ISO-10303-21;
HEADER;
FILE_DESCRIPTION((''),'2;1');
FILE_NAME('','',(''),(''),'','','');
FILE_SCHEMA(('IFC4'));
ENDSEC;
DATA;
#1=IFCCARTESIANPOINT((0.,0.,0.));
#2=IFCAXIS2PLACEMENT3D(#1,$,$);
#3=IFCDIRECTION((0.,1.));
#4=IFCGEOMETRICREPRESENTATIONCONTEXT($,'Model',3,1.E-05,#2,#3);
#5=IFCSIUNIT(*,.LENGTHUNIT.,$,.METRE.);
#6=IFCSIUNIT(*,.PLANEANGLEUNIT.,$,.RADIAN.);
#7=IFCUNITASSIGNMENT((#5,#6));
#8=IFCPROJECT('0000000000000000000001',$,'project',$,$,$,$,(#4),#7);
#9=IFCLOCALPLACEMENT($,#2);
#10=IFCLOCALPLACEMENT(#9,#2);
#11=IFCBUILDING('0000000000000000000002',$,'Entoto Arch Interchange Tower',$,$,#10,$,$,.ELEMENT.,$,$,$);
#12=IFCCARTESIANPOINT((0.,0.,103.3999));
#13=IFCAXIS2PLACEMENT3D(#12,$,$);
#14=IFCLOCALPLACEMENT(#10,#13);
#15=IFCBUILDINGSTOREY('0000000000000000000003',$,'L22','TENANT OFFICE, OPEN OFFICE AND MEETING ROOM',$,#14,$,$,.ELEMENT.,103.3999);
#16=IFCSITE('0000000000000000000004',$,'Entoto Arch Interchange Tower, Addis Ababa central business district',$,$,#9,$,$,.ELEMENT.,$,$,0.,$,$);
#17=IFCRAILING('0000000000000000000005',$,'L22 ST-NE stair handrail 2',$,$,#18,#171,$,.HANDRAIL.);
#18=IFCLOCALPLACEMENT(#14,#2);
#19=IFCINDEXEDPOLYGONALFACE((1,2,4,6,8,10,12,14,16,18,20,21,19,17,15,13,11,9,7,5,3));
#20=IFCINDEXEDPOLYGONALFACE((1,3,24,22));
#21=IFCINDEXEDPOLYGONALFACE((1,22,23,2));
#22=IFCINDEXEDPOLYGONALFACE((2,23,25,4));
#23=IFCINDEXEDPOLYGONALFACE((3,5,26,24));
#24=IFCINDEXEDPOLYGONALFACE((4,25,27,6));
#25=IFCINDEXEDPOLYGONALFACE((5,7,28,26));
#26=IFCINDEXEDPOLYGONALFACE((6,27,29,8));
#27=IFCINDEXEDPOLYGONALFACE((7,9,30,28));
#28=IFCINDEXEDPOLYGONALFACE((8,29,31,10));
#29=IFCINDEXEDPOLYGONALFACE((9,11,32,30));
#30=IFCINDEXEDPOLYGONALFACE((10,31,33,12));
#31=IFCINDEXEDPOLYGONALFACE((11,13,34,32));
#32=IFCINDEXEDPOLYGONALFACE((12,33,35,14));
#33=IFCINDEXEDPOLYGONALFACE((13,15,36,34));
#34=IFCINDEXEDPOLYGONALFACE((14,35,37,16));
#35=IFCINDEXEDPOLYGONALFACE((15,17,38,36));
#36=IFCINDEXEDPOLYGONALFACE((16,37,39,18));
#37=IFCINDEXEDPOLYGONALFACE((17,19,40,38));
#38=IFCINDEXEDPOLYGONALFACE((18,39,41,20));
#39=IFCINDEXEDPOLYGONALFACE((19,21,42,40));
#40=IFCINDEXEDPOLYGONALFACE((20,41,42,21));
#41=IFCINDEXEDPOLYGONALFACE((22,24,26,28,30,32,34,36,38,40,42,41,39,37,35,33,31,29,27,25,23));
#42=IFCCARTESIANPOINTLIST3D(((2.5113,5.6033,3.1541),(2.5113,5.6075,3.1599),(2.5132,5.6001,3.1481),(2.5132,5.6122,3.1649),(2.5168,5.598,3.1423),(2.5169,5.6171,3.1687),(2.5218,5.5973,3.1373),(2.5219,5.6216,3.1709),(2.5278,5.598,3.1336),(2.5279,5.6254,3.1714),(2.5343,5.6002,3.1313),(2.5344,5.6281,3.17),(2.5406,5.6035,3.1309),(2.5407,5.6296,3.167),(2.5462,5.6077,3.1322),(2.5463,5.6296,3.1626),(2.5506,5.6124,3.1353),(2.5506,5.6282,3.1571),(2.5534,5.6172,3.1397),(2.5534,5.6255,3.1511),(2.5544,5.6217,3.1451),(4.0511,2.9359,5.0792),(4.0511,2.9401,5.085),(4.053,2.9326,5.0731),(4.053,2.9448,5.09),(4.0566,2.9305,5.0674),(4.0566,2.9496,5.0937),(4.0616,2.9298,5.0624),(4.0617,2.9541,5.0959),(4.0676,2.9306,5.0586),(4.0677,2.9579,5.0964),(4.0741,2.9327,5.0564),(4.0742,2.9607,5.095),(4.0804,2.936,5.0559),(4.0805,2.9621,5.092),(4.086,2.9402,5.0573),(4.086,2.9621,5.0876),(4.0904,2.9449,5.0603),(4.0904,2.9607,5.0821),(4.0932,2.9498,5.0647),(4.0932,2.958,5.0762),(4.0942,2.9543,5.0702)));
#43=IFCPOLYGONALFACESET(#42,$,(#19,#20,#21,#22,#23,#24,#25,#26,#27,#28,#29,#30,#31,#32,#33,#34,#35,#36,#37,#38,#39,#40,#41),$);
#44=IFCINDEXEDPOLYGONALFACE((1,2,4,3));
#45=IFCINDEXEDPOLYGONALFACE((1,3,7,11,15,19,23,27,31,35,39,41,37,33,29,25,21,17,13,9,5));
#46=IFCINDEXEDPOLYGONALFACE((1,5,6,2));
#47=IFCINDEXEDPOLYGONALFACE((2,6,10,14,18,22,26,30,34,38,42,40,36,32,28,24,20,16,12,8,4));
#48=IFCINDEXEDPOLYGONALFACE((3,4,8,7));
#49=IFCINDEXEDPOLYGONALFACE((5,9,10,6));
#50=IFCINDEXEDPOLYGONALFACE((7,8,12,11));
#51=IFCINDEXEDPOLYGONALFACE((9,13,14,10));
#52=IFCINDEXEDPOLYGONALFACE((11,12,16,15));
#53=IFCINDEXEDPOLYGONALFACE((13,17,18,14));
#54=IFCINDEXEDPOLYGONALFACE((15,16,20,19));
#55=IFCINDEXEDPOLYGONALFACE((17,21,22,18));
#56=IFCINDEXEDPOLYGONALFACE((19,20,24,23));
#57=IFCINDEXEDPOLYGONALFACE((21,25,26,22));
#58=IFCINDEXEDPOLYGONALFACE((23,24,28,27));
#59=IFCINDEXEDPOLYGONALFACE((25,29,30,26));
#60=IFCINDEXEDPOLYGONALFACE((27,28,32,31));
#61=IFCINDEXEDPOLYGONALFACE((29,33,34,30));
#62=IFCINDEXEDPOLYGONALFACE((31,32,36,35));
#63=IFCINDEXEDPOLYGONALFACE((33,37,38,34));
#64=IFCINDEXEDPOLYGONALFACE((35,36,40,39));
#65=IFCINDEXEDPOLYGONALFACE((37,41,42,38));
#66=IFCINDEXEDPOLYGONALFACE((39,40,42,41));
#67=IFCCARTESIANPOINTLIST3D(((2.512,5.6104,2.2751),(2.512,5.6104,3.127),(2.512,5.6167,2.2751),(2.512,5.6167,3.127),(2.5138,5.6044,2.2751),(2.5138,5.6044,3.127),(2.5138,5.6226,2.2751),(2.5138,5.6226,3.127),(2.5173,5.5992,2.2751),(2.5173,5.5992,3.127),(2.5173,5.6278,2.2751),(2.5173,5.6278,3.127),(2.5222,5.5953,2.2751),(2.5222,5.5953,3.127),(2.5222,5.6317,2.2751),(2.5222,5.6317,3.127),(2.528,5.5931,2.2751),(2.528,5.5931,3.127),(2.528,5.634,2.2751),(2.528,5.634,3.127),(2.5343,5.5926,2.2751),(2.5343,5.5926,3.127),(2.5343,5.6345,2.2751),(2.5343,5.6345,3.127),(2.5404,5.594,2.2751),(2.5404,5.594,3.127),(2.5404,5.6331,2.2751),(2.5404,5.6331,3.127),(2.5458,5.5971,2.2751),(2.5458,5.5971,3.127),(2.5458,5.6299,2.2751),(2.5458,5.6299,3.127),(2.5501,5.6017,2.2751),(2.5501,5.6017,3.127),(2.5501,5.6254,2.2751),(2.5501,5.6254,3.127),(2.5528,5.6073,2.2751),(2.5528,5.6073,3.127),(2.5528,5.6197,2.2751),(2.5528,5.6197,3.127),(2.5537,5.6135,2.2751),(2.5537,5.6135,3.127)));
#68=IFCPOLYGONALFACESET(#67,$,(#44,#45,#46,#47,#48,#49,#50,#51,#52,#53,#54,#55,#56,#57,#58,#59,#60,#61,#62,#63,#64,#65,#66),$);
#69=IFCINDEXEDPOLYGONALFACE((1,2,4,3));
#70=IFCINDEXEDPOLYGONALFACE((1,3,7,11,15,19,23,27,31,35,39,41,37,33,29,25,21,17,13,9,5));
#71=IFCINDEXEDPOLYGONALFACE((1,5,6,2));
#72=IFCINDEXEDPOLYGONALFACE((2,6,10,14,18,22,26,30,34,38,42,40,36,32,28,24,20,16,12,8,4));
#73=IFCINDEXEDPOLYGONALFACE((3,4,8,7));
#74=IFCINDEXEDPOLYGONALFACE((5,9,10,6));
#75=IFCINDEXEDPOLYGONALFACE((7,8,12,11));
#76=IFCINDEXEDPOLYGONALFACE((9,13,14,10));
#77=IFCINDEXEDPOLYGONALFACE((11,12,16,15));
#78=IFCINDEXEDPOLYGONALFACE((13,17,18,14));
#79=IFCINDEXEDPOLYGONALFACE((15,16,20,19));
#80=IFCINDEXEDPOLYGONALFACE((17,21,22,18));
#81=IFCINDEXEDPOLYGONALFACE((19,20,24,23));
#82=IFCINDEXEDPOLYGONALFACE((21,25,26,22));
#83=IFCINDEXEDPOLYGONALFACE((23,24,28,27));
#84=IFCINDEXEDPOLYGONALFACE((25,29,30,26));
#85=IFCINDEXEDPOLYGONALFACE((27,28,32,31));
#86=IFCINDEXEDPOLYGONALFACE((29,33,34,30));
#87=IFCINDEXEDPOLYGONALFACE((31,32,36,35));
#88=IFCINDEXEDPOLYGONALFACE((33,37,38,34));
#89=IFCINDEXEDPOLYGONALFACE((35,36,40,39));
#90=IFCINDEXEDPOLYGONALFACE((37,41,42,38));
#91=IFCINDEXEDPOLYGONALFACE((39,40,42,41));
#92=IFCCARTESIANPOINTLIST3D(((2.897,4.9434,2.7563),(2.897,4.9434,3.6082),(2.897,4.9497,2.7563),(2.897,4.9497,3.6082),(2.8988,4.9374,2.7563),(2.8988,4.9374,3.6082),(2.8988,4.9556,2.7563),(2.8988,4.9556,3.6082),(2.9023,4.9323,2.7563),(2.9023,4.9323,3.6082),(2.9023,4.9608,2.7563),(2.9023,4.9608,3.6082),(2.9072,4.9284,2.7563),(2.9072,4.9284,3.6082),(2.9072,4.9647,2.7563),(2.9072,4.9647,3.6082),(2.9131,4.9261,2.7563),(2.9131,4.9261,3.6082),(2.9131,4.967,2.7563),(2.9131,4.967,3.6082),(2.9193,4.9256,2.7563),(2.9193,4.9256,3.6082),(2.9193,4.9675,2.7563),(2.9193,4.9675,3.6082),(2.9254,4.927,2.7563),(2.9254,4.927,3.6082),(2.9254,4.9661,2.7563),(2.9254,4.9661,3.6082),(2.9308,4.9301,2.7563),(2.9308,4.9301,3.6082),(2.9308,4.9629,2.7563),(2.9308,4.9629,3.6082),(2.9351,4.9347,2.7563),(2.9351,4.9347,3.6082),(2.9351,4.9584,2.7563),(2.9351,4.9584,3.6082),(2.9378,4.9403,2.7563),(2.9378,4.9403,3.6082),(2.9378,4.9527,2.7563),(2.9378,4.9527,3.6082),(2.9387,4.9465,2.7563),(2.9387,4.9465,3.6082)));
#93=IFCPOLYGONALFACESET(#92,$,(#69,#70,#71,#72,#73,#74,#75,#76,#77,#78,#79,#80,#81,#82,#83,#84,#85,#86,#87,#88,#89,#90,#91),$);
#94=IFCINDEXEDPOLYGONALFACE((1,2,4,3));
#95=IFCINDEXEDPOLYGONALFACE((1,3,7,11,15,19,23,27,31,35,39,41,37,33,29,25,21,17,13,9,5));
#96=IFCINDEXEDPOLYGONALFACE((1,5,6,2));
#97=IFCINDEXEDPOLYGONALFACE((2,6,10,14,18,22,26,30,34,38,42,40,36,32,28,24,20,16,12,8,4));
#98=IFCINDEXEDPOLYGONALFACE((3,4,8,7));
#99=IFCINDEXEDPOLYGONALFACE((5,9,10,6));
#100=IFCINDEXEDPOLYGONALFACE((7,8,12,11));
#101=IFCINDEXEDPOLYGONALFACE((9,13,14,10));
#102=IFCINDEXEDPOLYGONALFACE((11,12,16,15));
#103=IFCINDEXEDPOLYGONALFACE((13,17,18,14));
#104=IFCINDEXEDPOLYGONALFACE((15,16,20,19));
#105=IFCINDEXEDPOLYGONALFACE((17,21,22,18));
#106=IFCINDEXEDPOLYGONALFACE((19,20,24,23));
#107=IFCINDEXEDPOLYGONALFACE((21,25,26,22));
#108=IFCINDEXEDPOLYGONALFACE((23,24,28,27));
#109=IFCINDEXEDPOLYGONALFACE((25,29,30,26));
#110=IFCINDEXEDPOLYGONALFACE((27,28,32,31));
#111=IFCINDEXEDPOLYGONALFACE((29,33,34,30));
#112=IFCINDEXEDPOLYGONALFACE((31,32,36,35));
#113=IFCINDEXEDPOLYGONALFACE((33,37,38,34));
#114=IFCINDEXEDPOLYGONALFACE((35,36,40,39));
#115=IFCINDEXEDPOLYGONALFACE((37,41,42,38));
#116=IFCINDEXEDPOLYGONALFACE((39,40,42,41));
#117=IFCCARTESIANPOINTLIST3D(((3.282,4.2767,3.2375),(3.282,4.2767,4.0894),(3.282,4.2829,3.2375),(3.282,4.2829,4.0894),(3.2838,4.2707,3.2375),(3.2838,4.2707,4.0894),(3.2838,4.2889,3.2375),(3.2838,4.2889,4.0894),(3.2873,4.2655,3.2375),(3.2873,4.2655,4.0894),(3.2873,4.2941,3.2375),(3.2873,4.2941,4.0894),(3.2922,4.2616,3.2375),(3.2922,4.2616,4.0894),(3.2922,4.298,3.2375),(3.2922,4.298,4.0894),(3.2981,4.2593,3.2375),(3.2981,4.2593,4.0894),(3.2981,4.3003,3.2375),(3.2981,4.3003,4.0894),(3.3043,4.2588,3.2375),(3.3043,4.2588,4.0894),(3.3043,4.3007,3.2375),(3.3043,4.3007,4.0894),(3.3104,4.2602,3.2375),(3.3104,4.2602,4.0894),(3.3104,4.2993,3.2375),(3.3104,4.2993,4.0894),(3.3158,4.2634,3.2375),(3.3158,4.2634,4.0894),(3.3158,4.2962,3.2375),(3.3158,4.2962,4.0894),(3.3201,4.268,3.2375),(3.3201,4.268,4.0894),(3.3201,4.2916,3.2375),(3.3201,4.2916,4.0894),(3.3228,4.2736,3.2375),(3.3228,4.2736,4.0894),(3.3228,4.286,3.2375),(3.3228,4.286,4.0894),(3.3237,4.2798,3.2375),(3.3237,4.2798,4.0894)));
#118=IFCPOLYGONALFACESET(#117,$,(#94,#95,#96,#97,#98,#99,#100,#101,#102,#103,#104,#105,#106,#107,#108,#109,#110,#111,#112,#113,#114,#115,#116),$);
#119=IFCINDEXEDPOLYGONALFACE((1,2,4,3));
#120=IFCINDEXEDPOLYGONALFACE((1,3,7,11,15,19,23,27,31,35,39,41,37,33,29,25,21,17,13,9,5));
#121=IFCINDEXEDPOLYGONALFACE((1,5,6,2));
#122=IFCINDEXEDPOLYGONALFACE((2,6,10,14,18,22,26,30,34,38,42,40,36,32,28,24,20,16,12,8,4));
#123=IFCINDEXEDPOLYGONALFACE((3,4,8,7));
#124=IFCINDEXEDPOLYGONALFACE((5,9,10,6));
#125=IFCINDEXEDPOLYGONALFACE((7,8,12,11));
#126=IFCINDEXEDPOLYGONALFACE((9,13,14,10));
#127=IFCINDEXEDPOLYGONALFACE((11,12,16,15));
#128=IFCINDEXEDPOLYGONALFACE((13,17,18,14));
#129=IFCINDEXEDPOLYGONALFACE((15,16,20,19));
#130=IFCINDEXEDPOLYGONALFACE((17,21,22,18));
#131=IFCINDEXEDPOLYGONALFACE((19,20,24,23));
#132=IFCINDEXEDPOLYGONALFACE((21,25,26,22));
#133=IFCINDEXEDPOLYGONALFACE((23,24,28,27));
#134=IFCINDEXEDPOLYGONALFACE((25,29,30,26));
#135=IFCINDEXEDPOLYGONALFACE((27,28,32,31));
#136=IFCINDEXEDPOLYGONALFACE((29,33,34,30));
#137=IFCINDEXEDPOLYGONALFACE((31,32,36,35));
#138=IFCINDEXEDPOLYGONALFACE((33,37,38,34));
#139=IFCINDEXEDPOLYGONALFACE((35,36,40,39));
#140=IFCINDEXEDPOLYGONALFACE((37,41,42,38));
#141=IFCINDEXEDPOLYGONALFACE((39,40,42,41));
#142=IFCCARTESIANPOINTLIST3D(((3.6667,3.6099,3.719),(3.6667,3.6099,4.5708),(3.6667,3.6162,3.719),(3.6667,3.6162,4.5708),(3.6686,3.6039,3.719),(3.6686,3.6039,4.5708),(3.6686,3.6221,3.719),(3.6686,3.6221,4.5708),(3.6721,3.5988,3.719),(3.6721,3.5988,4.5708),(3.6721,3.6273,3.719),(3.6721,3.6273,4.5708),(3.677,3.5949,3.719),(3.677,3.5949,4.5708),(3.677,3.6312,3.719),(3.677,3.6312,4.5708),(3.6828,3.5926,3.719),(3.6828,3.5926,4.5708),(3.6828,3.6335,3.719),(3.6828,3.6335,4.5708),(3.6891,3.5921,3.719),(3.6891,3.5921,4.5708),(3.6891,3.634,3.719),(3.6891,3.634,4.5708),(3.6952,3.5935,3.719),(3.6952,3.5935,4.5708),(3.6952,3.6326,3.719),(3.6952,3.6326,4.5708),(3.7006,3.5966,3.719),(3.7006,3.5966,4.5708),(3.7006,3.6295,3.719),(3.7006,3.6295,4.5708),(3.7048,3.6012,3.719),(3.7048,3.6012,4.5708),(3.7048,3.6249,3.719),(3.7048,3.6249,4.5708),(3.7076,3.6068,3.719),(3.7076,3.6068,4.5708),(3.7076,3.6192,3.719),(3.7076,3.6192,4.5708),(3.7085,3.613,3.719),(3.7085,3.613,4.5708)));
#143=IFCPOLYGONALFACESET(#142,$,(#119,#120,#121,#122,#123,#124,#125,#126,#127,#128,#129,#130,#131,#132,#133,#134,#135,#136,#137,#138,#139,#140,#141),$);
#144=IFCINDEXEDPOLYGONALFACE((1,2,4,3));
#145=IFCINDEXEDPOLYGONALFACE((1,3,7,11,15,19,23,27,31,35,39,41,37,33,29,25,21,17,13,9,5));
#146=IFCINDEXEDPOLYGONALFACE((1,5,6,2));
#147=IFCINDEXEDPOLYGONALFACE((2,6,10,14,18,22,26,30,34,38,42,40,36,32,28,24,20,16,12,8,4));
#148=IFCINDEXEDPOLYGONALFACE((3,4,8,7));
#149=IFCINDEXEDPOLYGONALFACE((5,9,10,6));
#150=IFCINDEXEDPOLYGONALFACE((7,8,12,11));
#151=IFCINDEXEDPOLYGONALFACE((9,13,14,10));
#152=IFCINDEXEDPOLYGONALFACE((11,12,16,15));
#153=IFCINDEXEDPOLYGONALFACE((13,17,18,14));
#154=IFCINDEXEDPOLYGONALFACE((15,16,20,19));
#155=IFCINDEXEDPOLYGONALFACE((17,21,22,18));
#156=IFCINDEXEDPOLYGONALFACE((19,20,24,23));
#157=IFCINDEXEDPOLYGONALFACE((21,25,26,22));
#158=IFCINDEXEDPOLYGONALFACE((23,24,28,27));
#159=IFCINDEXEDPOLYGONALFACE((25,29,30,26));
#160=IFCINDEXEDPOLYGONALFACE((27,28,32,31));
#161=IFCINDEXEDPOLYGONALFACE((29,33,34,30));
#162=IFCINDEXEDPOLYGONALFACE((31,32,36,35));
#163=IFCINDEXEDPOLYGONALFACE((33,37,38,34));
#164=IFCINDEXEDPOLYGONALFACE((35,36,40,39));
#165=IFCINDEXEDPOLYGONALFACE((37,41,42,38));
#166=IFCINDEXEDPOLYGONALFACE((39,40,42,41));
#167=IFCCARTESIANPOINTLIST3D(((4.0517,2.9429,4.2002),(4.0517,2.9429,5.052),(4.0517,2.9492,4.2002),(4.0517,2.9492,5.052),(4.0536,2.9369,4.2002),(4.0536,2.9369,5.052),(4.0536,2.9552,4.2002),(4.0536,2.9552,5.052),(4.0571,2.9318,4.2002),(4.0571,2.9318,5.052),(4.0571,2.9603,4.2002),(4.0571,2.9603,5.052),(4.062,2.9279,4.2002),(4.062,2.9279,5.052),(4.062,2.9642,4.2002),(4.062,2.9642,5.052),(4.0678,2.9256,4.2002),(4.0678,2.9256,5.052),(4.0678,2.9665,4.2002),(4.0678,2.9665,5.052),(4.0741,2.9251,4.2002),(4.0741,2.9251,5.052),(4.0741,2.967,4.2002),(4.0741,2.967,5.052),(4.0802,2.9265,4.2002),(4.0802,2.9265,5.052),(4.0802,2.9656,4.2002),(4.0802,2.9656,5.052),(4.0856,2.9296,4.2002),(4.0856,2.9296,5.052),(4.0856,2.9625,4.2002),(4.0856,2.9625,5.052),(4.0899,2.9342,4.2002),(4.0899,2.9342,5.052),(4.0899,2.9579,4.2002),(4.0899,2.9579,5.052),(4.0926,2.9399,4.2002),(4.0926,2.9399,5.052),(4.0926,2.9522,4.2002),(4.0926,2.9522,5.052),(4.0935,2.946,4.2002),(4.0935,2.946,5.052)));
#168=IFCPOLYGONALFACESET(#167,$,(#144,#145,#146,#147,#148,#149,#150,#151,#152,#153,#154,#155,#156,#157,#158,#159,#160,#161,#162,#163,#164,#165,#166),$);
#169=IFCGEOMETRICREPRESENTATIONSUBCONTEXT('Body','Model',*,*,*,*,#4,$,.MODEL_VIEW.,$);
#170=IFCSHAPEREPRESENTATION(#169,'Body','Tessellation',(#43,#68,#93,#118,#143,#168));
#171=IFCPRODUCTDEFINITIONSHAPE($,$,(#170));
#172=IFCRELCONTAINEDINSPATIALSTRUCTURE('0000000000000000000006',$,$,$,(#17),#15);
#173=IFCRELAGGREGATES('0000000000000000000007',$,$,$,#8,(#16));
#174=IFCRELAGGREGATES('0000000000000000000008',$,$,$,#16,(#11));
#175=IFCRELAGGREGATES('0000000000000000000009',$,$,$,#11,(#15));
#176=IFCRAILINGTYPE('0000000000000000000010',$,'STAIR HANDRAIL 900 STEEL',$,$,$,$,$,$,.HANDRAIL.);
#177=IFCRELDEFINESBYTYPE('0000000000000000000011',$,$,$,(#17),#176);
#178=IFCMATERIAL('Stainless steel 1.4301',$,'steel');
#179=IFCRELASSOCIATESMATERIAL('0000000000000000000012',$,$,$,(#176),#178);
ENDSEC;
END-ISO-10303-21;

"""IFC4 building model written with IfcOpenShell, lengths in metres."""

from ifc_helpers import new_model, si_unit, direction, frame, origin, origin_2d, place, context, subcontext, project, spatial, circle, extrude, material, type_object, element, save


model = new_model("IFC4")

# Units and contexts
model_context = context("Model", 3, precision=1e-05, world=origin(), true_north=direction((0.0, 1.0)))
body_context = subcontext(model_context, "Body", "Model", "MODEL_VIEW")
ifc_project = project(units=[si_unit("LENGTHUNIT", "METRE"), si_unit("PLANEANGLEUNIT", "RADIAN")], contexts=[model_context])

# Site, building, storey
site_placement = place(None, origin())
site = spatial("IfcSite", under=ifc_project, at=site_placement, Name="Entoto Arch Interchange Tower, Addis Ababa central business district", CompositionType="ELEMENT", RefElevation=0.0)
building_placement = place(site_placement, origin())
building = spatial("IfcBuilding", under=site, at=building_placement, Name="Entoto Arch Interchange Tower", CompositionType="ELEMENT")
storey_placement = place(building_placement, frame((0.0, 0.0, 103.3999)))
storey = spatial("IfcBuildingStorey", under=building, at=storey_placement, Name="L22", Description="TENANT OFFICE, OPEN OFFICE AND MEETING ROOM", CompositionType="ELEMENT", Elevation=103.3999)

# Railing
ifc_material_1 = material(Name="Stainless steel 1.4301", Category="steel")
railing_type_1 = type_object("IfcRailingType", Name="STAIR HANDRAIL 900 STEEL", PredefinedType="HANDRAIL", material=ifc_material_1)
railing_1_placement = place(storey_placement, frame((2.5327, 5.6135, 2.2751)))
element("IfcRailing", 1, at=railing_1_placement, inside=storey, type_object=railing_type_1, Name="L22 ST-NE stair handrail 2", PredefinedType="HANDRAIL", context=body_context, shape_type="SweptSolid", body=[
    extrude(circle(Radius=0.0239, at=origin_2d()), frame((0.0, 0.0, 0.876), z_axis=(0.423939, -0.734416, 0.530008), x_axis=(0.866064, 0.499933, 0.0)), (0.0, 0.0, 1.0), 3.6321),
    extrude(circle(Radius=0.021, at=origin_2d()), origin(), (0.0, 0.0, 1.0), 0.8518),
    extrude(circle(Radius=0.021, at=origin_2d()), frame((0.385, -0.667, 0.4812)), (0.0, 0.0, 1.0), 0.8518),
    extrude(circle(Radius=0.021, at=origin_2d()), frame((0.77, -1.3337, 0.9624)), (0.0, 0.0, 1.0), 0.8518),
    extrude(circle(Radius=0.021, at=origin_2d()), frame((1.1548, -2.0005, 1.4438)), (0.0, 0.0, 1.0), 0.8518),
    extrude(circle(Radius=0.021, at=origin_2d()), frame((1.5398, -2.6675, 1.925)), (0.0, 0.0, 1.0), 0.8518),
])

save(model, "model.ifc")
